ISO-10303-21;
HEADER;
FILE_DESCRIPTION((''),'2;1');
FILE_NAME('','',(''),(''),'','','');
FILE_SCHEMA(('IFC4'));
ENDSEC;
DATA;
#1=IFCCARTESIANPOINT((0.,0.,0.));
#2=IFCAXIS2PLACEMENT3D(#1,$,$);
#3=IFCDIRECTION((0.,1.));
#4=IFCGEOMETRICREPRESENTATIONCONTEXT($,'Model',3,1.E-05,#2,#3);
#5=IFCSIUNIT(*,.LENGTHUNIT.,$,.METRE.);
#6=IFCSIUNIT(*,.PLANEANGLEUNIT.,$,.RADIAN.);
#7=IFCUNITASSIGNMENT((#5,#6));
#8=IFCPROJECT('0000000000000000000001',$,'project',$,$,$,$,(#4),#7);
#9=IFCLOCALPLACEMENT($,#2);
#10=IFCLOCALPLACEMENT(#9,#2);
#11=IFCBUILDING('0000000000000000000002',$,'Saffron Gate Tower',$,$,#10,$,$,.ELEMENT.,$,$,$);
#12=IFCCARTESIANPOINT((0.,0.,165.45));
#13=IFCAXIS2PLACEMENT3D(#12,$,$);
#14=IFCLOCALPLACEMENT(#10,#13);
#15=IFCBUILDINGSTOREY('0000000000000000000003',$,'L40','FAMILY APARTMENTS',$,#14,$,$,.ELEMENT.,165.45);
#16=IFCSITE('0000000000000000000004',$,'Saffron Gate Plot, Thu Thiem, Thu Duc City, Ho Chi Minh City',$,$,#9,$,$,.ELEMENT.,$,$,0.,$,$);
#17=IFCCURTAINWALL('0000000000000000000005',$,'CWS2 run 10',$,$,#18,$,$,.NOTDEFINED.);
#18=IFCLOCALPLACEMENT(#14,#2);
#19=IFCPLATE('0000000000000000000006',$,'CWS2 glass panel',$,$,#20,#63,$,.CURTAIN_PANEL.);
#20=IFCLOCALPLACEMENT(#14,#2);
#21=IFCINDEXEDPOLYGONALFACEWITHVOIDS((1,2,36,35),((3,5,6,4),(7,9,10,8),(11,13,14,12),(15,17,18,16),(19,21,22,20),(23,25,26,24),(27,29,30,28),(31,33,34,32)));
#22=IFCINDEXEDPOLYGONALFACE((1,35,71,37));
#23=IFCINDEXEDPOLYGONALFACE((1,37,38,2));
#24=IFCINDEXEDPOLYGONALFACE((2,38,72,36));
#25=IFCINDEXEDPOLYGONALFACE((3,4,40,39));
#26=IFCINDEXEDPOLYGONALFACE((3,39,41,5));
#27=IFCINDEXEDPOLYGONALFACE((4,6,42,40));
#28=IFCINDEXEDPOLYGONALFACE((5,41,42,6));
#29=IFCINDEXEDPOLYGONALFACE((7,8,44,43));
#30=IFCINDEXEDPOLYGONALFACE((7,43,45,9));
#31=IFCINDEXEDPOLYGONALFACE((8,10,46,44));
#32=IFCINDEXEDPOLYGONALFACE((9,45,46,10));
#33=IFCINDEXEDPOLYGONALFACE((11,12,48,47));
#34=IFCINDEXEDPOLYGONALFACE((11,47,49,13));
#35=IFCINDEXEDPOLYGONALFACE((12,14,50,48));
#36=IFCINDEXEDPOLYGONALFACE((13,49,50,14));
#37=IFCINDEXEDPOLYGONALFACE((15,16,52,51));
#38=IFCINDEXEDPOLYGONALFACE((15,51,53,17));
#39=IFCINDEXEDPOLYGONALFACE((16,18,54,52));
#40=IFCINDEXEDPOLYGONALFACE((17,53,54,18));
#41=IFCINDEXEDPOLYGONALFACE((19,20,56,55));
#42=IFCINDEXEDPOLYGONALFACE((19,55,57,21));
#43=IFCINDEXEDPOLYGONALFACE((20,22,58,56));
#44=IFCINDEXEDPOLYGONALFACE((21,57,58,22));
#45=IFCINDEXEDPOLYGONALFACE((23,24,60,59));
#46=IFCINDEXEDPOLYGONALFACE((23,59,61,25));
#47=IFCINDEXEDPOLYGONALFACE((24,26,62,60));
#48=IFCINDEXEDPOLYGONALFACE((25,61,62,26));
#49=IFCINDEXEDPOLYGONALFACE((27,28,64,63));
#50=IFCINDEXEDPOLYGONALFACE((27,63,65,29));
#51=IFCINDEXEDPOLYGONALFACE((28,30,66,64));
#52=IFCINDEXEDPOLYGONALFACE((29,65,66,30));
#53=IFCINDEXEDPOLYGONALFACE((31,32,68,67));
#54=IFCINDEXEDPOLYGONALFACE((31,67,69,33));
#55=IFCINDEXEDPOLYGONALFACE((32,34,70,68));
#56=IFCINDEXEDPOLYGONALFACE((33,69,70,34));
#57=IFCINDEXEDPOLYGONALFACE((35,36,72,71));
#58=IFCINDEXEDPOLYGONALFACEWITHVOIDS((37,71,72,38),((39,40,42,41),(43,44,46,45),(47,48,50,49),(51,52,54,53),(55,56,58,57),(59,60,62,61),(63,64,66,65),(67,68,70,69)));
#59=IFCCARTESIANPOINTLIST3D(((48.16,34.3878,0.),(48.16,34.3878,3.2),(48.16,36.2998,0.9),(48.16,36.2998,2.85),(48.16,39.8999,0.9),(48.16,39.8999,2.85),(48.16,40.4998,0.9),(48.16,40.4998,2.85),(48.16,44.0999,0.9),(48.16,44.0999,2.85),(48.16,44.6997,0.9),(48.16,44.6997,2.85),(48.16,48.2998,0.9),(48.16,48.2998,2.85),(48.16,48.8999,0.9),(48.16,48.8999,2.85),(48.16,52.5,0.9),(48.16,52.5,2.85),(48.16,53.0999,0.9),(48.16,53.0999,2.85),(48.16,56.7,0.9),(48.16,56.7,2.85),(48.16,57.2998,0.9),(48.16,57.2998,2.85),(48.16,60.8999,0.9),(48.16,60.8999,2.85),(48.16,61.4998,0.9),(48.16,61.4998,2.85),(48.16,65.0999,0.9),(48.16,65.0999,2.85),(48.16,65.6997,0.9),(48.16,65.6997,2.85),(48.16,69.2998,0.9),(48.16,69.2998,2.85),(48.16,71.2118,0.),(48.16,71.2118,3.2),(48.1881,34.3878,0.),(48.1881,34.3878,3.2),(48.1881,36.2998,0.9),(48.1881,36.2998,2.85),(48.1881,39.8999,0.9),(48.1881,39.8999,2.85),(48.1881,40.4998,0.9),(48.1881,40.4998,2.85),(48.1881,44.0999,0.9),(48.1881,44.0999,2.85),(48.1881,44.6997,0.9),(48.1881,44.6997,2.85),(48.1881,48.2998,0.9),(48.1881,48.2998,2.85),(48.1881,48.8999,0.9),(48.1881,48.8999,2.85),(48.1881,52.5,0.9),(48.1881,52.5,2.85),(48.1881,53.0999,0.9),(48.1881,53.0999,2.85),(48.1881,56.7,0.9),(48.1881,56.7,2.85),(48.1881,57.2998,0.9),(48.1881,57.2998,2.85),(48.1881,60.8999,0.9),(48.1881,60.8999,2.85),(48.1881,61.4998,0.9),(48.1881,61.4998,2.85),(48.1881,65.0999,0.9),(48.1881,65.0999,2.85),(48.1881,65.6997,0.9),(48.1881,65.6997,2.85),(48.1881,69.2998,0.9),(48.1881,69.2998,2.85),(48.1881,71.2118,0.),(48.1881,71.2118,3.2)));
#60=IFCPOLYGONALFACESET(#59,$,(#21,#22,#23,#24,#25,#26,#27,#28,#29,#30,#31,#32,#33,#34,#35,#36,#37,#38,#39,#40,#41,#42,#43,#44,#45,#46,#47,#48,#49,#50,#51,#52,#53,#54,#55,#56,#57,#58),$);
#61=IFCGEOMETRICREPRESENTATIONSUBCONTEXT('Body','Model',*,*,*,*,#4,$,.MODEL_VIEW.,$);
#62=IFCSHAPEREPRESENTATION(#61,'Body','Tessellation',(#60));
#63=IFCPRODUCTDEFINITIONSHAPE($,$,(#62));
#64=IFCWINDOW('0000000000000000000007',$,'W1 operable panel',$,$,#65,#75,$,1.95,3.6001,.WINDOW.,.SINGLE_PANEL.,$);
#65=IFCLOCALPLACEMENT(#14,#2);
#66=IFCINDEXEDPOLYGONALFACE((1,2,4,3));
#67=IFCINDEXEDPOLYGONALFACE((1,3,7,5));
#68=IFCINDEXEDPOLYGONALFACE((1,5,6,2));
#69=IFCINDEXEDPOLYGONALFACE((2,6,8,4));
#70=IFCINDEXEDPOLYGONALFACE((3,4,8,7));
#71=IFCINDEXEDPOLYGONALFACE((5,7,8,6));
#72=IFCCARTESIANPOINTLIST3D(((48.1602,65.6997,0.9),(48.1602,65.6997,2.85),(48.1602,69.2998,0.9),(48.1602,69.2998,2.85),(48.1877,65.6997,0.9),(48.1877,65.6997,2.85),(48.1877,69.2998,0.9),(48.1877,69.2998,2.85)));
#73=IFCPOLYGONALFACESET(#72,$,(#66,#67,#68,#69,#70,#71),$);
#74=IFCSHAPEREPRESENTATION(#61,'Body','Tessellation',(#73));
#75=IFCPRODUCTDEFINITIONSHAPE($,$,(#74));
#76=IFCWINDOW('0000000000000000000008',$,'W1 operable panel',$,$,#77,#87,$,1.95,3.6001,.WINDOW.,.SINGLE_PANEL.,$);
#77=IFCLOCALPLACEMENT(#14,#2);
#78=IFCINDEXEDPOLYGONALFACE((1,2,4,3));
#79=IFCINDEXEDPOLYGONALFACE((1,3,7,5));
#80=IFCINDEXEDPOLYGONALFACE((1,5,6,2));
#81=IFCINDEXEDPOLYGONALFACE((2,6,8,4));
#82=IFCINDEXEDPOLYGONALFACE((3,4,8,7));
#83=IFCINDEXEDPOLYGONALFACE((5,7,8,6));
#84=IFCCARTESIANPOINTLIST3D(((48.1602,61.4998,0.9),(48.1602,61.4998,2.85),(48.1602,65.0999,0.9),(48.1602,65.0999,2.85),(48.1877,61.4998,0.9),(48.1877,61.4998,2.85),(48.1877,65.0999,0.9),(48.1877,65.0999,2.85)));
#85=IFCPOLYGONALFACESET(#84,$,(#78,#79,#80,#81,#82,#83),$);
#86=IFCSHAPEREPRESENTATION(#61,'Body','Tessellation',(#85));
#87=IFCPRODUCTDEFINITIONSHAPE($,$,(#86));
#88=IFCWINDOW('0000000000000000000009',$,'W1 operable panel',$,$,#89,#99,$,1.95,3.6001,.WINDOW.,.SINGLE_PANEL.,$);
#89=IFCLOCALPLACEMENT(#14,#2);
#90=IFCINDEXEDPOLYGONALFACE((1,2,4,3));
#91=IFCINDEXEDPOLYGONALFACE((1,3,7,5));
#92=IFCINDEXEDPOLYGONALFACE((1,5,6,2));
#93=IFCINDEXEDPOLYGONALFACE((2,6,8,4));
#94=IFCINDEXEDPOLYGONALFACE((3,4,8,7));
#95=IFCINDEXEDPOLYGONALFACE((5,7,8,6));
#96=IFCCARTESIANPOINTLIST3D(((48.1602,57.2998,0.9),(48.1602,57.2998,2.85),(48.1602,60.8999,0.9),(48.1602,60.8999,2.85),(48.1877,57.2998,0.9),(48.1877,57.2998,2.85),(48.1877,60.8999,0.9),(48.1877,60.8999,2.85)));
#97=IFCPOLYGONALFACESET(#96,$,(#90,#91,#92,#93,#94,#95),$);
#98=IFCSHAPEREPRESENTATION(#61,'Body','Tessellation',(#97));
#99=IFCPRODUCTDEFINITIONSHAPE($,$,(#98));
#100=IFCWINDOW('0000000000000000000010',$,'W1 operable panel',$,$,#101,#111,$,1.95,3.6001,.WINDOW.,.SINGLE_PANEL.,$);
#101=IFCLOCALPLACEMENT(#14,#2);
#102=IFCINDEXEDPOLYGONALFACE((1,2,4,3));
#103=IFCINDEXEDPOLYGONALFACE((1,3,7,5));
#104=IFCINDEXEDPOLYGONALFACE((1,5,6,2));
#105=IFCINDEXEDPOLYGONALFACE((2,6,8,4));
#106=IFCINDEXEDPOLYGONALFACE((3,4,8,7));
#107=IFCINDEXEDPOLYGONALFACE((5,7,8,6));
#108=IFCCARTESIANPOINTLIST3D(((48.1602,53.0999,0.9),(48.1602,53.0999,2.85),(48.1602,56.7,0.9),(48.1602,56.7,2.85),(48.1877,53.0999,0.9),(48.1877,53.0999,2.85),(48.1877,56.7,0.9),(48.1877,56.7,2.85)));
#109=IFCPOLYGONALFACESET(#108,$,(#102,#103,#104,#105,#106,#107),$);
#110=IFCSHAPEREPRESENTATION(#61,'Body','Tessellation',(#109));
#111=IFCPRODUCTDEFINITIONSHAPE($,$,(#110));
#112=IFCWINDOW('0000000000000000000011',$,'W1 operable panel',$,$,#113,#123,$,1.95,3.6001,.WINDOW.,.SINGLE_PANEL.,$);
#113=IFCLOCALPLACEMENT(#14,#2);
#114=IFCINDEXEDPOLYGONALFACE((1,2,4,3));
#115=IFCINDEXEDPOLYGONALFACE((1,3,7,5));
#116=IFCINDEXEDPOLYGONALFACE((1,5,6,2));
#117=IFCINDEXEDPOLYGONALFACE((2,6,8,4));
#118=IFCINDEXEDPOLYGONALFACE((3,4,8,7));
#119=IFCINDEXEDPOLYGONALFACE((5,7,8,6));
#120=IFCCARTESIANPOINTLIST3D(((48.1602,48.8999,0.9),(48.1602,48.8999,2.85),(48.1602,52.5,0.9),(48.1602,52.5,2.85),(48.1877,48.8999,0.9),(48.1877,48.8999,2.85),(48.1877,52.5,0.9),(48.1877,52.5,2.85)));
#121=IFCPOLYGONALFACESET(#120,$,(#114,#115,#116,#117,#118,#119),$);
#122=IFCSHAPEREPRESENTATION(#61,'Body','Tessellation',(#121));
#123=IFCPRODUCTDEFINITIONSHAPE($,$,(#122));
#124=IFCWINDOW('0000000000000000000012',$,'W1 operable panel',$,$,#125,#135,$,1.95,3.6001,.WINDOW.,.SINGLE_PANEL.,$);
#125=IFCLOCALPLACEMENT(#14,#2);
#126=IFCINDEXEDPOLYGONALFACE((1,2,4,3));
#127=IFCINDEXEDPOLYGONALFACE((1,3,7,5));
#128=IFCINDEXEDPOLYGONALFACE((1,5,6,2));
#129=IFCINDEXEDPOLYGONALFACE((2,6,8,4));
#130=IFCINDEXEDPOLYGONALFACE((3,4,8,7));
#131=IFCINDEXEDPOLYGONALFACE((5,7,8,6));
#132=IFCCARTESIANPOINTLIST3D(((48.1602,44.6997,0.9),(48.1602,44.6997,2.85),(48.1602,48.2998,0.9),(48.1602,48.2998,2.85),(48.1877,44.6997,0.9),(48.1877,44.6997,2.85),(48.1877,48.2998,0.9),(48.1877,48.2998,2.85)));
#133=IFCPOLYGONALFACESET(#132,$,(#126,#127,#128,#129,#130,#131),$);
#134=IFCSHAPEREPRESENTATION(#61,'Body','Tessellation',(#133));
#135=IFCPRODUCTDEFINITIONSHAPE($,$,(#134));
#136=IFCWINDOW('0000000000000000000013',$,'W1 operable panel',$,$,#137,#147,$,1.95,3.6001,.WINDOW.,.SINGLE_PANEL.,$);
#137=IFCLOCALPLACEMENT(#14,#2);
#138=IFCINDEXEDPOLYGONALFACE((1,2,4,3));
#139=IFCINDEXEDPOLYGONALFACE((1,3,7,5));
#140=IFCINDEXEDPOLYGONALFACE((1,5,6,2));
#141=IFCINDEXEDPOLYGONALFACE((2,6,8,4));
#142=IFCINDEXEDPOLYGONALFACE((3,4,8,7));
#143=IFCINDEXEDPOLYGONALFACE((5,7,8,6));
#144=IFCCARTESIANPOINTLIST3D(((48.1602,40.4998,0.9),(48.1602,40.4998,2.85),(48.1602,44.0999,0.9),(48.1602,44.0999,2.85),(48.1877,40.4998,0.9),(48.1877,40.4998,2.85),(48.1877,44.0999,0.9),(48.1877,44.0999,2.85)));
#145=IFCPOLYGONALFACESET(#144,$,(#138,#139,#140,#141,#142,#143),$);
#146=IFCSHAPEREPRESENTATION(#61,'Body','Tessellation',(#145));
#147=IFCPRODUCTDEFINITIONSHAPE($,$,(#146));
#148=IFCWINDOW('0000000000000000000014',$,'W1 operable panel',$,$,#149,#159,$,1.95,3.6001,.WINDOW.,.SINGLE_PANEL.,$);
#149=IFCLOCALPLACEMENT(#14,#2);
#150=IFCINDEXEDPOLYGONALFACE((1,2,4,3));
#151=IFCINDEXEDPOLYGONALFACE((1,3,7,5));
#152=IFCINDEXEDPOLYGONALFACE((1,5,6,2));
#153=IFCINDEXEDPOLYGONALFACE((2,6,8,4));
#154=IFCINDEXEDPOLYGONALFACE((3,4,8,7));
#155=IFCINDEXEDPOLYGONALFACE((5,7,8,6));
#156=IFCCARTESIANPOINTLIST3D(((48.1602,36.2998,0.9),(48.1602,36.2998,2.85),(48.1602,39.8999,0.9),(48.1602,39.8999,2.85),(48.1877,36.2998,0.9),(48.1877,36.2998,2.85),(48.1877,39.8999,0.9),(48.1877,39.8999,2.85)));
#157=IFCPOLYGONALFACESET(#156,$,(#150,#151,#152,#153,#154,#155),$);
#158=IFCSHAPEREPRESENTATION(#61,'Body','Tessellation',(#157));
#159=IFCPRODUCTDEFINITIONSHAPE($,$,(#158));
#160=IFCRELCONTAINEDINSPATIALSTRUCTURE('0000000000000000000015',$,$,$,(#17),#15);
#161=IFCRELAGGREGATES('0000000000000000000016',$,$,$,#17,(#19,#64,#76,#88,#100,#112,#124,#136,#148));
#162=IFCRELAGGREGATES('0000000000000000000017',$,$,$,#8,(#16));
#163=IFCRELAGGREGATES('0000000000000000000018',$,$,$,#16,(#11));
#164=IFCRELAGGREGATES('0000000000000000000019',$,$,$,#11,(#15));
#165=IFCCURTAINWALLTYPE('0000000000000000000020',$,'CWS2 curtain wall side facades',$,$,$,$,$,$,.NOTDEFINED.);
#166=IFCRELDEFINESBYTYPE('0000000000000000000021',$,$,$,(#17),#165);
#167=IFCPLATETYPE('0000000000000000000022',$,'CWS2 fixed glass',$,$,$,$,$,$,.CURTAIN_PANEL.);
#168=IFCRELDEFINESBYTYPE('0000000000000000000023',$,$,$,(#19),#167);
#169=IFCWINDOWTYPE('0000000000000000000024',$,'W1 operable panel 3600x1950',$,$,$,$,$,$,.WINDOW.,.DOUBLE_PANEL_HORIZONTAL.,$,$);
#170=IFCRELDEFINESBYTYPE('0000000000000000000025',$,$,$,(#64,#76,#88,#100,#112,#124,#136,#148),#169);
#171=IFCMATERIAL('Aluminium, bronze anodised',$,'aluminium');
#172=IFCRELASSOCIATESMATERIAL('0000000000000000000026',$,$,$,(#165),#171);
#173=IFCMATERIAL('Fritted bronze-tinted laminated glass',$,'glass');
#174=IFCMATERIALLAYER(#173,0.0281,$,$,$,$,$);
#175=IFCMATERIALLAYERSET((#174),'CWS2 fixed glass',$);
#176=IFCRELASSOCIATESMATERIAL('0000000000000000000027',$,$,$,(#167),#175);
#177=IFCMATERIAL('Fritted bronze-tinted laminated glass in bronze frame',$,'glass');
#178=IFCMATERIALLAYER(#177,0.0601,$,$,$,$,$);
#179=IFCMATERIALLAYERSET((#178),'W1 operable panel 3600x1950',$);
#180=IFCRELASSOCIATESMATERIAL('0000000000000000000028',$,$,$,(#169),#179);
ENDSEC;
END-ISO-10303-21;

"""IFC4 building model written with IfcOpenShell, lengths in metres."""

from ifc_helpers import new_model, si_unit, direction, frame, frame_2d, origin, place, context, subcontext, project, spatial, rectangle, extrude, material, layer, layer_set, type_object, element, fill, aggregate, save


model = new_model("IFC4")

# Units and contexts
model_context = context("Model", 3, precision=1e-05, world=origin(), true_north=direction((0.0, 1.0)))
body_context = subcontext(model_context, "Body", "Model", "MODEL_VIEW")
ifc_project = project(units=[si_unit("LENGTHUNIT", "METRE"), si_unit("PLANEANGLEUNIT", "RADIAN")], contexts=[model_context])

# Site, building, storey
site_placement = place(None, origin())
site = spatial("IfcSite", under=ifc_project, at=site_placement, Name="Saffron Gate Plot, Thu Thiem, Thu Duc City, Ho Chi Minh City", CompositionType="ELEMENT", RefElevation=0.0)
building_placement = place(site_placement, origin())
building = spatial("IfcBuilding", under=site, at=building_placement, Name="Saffron Gate Tower", CompositionType="ELEMENT")
storey_placement = place(building_placement, frame((0.0, 0.0, 165.45)))
storey = spatial("IfcBuildingStorey", under=building, at=storey_placement, Name="L40", Description="FAMILY APARTMENTS", CompositionType="ELEMENT", Elevation=165.45)

# Curtain wall
ifc_material_1 = material(Name="Aluminium, bronze anodised", Category="aluminium")
curtain_wall_type_1 = type_object("IfcCurtainWallType", Name="CWS2 curtain wall side facades", PredefinedType="NOTDEFINED", material=ifc_material_1)
curtain_wall_1_placement = place(storey_placement, origin())
curtain_wall_1 = element("IfcCurtainWall", 1, at=curtain_wall_1_placement, inside=storey, type_object=curtain_wall_type_1, Name="CWS2 run 10", PredefinedType="NOTDEFINED")

# Plate, openings, windows
ifc_material_2 = material(Name="Fritted bronze-tinted laminated glass", Category="glass")
ifc_layer_1 = layer(ifc_material_2, 0.0281)
ifc_layer_set_1 = layer_set([ifc_layer_1], Name="CWS2 fixed glass")
plate_type_1 = type_object("IfcPlateType", Name="CWS2 fixed glass", PredefinedType="CURTAIN_PANEL", material=ifc_layer_set_1)
plate_1_placement = place(storey_placement, frame((48.1741, 71.2119, 0.0), z_axis=(0.0, 0.0, 1.0), x_axis=(0.0, -1.0, 0.0)))
plate_1 = element("IfcPlate", 2, at=plate_1_placement, type_object=plate_type_1, Name="CWS2 glass panel", PredefinedType="CURTAIN_PANEL", context=body_context, shape_type="SweptSolid", body=[
    extrude(rectangle(XDim=36.824, YDim=0.0281, at=frame_2d((18.4121, 0.0))), origin(), (0.0, 0.0, 1.0), 3.2),
])
opening_1_placement = place(plate_1_placement, frame((1.9121, 0.0, 0.8999)))
opening_1 = element("IfcOpeningElement", 3, at=opening_1_placement, cuts=plate_1, PredefinedType="OPENING", context=body_context, shape_type="SweptSolid", body=[
    extrude(rectangle(XDim=3.6001, YDim=1.95, at=frame_2d((1.8, 0.9751))), frame((0.0, 0.0239, 0.0), z_axis=(0.0, -1.0, 0.0), x_axis=(1.0, 0.0, 0.0)), (0.0, 0.0, 1.0), 0.0481),
])
opening_2_placement = place(plate_1_placement, frame((6.1121, 0.0, 0.8999)))
opening_2 = element("IfcOpeningElement", 4, at=opening_2_placement, cuts=plate_1, PredefinedType="OPENING", context=body_context, shape_type="SweptSolid", body=[
    extrude(rectangle(XDim=3.6001, YDim=1.95, at=frame_2d((1.8, 0.9751))), frame((0.0, 0.0239, 0.0), z_axis=(0.0, -1.0, 0.0), x_axis=(1.0, 0.0, 0.0)), (0.0, 0.0, 1.0), 0.0481),
])
opening_3_placement = place(plate_1_placement, frame((10.312, 0.0, 0.8999)))
opening_3 = element("IfcOpeningElement", 5, at=opening_3_placement, cuts=plate_1, PredefinedType="OPENING", context=body_context, shape_type="SweptSolid", body=[
    extrude(rectangle(XDim=3.6001, YDim=1.95, at=frame_2d((1.8, 0.9751))), frame((0.0, 0.0239, 0.0), z_axis=(0.0, -1.0, 0.0), x_axis=(1.0, 0.0, 0.0)), (0.0, 0.0, 1.0), 0.0481),
])
opening_4_placement = place(plate_1_placement, frame((14.512, 0.0, 0.8999)))
opening_4 = element("IfcOpeningElement", 6, at=opening_4_placement, cuts=plate_1, PredefinedType="OPENING", context=body_context, shape_type="SweptSolid", body=[
    extrude(rectangle(XDim=3.6001, YDim=1.95, at=frame_2d((1.8, 0.9751))), frame((0.0, 0.0239, 0.0), z_axis=(0.0, -1.0, 0.0), x_axis=(1.0, 0.0, 0.0)), (0.0, 0.0, 1.0), 0.0481),
])
opening_5_placement = place(plate_1_placement, frame((18.7119, 0.0, 0.8999)))
opening_5 = element("IfcOpeningElement", 7, at=opening_5_placement, cuts=plate_1, PredefinedType="OPENING", context=body_context, shape_type="SweptSolid", body=[
    extrude(rectangle(XDim=3.6001, YDim=1.95, at=frame_2d((1.8, 0.9751))), frame((0.0, 0.0239, 0.0), z_axis=(0.0, -1.0, 0.0), x_axis=(1.0, 0.0, 0.0)), (0.0, 0.0, 1.0), 0.0481),
])
opening_6_placement = place(plate_1_placement, frame((22.9121, 0.0, 0.8999)))
opening_6 = element("IfcOpeningElement", 8, at=opening_6_placement, cuts=plate_1, PredefinedType="OPENING", context=body_context, shape_type="SweptSolid", body=[
    extrude(rectangle(XDim=3.6001, YDim=1.95, at=frame_2d((1.8, 0.9751))), frame((0.0, 0.0239, 0.0), z_axis=(0.0, -1.0, 0.0), x_axis=(1.0, 0.0, 0.0)), (0.0, 0.0, 1.0), 0.0481),
])
opening_7_placement = place(plate_1_placement, frame((27.1121, 0.0, 0.8999)))
opening_7 = element("IfcOpeningElement", 9, at=opening_7_placement, cuts=plate_1, PredefinedType="OPENING", context=body_context, shape_type="SweptSolid", body=[
    extrude(rectangle(XDim=3.6001, YDim=1.95, at=frame_2d((1.8, 0.9751))), frame((0.0, 0.0239, 0.0), z_axis=(0.0, -1.0, 0.0), x_axis=(1.0, 0.0, 0.0)), (0.0, 0.0, 1.0), 0.0481),
])
opening_8_placement = place(plate_1_placement, frame((31.312, 0.0, 0.8999)))
opening_8 = element("IfcOpeningElement", 10, at=opening_8_placement, cuts=plate_1, PredefinedType="OPENING", context=body_context, shape_type="SweptSolid", body=[
    extrude(rectangle(XDim=3.6001, YDim=1.95, at=frame_2d((1.8, 0.9751))), frame((0.0, 0.0239, 0.0), z_axis=(0.0, -1.0, 0.0), x_axis=(1.0, 0.0, 0.0)), (0.0, 0.0, 1.0), 0.0481),
])
ifc_material_3 = material(Name="Fritted bronze-tinted laminated glass in bronze frame", Category="glass")
ifc_layer_2 = layer(ifc_material_3, 0.0601)
ifc_layer_set_2 = layer_set([ifc_layer_2], Name="W1 operable panel 3600x1950")
window_type = type_object("IfcWindowType", Name="W1 operable panel 3600x1950", PartitioningType="DOUBLE_PANEL_HORIZONTAL", PredefinedType="WINDOW", material=ifc_layer_set_2)
window_1_placement = place(opening_1_placement, origin())
window_1 = element("IfcWindow", 11, at=window_1_placement, type_object=window_type, Name="W1 operable panel", OverallHeight=1.95, OverallWidth=3.6001, PartitioningType="SINGLE_PANEL", PredefinedType="WINDOW", context=body_context, shape_type="SweptSolid", body=[
    extrude(rectangle(XDim=3.6001, YDim=1.95, at=frame_2d((1.8, 0.9751))), frame((0.0, 0.0137, 0.0), z_axis=(0.0, -1.0, 0.0), x_axis=(1.0, 0.0, 0.0)), (0.0, 0.0, 1.0), 0.0276),
])
fill(opening_1, window_1)
window_2_placement = place(opening_2_placement, origin())
window_2 = element("IfcWindow", 12, at=window_2_placement, type_object=window_type, Name="W1 operable panel", OverallHeight=1.95, OverallWidth=3.6001, PartitioningType="SINGLE_PANEL", PredefinedType="WINDOW", context=body_context, shape_type="SweptSolid", body=[
    extrude(rectangle(XDim=3.6001, YDim=1.95, at=frame_2d((1.8, 0.9751))), frame((0.0, 0.0137, 0.0), z_axis=(0.0, -1.0, 0.0), x_axis=(1.0, 0.0, 0.0)), (0.0, 0.0, 1.0), 0.0276),
])
fill(opening_2, window_2)
window_3_placement = place(opening_3_placement, origin())
window_3 = element("IfcWindow", 13, at=window_3_placement, type_object=window_type, Name="W1 operable panel", OverallHeight=1.95, OverallWidth=3.6001, PartitioningType="SINGLE_PANEL", PredefinedType="WINDOW", context=body_context, shape_type="SweptSolid", body=[
    extrude(rectangle(XDim=3.6001, YDim=1.95, at=frame_2d((1.8, 0.9751))), frame((0.0, 0.0137, 0.0), z_axis=(0.0, -1.0, 0.0), x_axis=(1.0, 0.0, 0.0)), (0.0, 0.0, 1.0), 0.0276),
])
fill(opening_3, window_3)
window_4_placement = place(opening_4_placement, origin())
window_4 = element("IfcWindow", 14, at=window_4_placement, type_object=window_type, Name="W1 operable panel", OverallHeight=1.95, OverallWidth=3.6001, PartitioningType="SINGLE_PANEL", PredefinedType="WINDOW", context=body_context, shape_type="SweptSolid", body=[
    extrude(rectangle(XDim=3.6001, YDim=1.95, at=frame_2d((1.8, 0.9751))), frame((0.0, 0.0137, 0.0), z_axis=(0.0, -1.0, 0.0), x_axis=(1.0, 0.0, 0.0)), (0.0, 0.0, 1.0), 0.0276),
])
fill(opening_4, window_4)
window_5_placement = place(opening_5_placement, origin())
window_5 = element("IfcWindow", 15, at=window_5_placement, type_object=window_type, Name="W1 operable panel", OverallHeight=1.95, OverallWidth=3.6001, PartitioningType="SINGLE_PANEL", PredefinedType="WINDOW", context=body_context, shape_type="SweptSolid", body=[
    extrude(rectangle(XDim=3.6001, YDim=1.95, at=frame_2d((1.8, 0.9751))), frame((0.0, 0.0137, 0.0), z_axis=(0.0, -1.0, 0.0), x_axis=(1.0, 0.0, 0.0)), (0.0, 0.0, 1.0), 0.0276),
])
fill(opening_5, window_5)
window_6_placement = place(opening_6_placement, origin())
window_6 = element("IfcWindow", 16, at=window_6_placement, type_object=window_type, Name="W1 operable panel", OverallHeight=1.95, OverallWidth=3.6001, PartitioningType="SINGLE_PANEL", PredefinedType="WINDOW", context=body_context, shape_type="SweptSolid", body=[
    extrude(rectangle(XDim=3.6001, YDim=1.95, at=frame_2d((1.8, 0.9751))), frame((0.0, 0.0137, 0.0), z_axis=(0.0, -1.0, 0.0), x_axis=(1.0, 0.0, 0.0)), (0.0, 0.0, 1.0), 0.0276),
])
fill(opening_6, window_6)
window_7_placement = place(opening_7_placement, origin())
window_7 = element("IfcWindow", 17, at=window_7_placement, type_object=window_type, Name="W1 operable panel", OverallHeight=1.95, OverallWidth=3.6001, PartitioningType="SINGLE_PANEL", PredefinedType="WINDOW", context=body_context, shape_type="SweptSolid", body=[
    extrude(rectangle(XDim=3.6001, YDim=1.95, at=frame_2d((1.8, 0.9751))), frame((0.0, 0.0137, 0.0), z_axis=(0.0, -1.0, 0.0), x_axis=(1.0, 0.0, 0.0)), (0.0, 0.0, 1.0), 0.0276),
])
fill(opening_7, window_7)
window_8_placement = place(opening_8_placement, origin())
window_8 = element("IfcWindow", 18, at=window_8_placement, type_object=window_type, Name="W1 operable panel", OverallHeight=1.95, OverallWidth=3.6001, PartitioningType="SINGLE_PANEL", PredefinedType="WINDOW", context=body_context, shape_type="SweptSolid", body=[
    extrude(rectangle(XDim=3.6001, YDim=1.95, at=frame_2d((1.8, 0.9751))), frame((0.0, 0.0137, 0.0), z_axis=(0.0, -1.0, 0.0), x_axis=(1.0, 0.0, 0.0)), (0.0, 0.0, 1.0), 0.0276),
])
fill(opening_8, window_8)
aggregate(curtain_wall_1, [plate_1, window_1, window_2, window_3, window_4, window_5, window_6, window_7, window_8])

save(model, "model.ifc")
